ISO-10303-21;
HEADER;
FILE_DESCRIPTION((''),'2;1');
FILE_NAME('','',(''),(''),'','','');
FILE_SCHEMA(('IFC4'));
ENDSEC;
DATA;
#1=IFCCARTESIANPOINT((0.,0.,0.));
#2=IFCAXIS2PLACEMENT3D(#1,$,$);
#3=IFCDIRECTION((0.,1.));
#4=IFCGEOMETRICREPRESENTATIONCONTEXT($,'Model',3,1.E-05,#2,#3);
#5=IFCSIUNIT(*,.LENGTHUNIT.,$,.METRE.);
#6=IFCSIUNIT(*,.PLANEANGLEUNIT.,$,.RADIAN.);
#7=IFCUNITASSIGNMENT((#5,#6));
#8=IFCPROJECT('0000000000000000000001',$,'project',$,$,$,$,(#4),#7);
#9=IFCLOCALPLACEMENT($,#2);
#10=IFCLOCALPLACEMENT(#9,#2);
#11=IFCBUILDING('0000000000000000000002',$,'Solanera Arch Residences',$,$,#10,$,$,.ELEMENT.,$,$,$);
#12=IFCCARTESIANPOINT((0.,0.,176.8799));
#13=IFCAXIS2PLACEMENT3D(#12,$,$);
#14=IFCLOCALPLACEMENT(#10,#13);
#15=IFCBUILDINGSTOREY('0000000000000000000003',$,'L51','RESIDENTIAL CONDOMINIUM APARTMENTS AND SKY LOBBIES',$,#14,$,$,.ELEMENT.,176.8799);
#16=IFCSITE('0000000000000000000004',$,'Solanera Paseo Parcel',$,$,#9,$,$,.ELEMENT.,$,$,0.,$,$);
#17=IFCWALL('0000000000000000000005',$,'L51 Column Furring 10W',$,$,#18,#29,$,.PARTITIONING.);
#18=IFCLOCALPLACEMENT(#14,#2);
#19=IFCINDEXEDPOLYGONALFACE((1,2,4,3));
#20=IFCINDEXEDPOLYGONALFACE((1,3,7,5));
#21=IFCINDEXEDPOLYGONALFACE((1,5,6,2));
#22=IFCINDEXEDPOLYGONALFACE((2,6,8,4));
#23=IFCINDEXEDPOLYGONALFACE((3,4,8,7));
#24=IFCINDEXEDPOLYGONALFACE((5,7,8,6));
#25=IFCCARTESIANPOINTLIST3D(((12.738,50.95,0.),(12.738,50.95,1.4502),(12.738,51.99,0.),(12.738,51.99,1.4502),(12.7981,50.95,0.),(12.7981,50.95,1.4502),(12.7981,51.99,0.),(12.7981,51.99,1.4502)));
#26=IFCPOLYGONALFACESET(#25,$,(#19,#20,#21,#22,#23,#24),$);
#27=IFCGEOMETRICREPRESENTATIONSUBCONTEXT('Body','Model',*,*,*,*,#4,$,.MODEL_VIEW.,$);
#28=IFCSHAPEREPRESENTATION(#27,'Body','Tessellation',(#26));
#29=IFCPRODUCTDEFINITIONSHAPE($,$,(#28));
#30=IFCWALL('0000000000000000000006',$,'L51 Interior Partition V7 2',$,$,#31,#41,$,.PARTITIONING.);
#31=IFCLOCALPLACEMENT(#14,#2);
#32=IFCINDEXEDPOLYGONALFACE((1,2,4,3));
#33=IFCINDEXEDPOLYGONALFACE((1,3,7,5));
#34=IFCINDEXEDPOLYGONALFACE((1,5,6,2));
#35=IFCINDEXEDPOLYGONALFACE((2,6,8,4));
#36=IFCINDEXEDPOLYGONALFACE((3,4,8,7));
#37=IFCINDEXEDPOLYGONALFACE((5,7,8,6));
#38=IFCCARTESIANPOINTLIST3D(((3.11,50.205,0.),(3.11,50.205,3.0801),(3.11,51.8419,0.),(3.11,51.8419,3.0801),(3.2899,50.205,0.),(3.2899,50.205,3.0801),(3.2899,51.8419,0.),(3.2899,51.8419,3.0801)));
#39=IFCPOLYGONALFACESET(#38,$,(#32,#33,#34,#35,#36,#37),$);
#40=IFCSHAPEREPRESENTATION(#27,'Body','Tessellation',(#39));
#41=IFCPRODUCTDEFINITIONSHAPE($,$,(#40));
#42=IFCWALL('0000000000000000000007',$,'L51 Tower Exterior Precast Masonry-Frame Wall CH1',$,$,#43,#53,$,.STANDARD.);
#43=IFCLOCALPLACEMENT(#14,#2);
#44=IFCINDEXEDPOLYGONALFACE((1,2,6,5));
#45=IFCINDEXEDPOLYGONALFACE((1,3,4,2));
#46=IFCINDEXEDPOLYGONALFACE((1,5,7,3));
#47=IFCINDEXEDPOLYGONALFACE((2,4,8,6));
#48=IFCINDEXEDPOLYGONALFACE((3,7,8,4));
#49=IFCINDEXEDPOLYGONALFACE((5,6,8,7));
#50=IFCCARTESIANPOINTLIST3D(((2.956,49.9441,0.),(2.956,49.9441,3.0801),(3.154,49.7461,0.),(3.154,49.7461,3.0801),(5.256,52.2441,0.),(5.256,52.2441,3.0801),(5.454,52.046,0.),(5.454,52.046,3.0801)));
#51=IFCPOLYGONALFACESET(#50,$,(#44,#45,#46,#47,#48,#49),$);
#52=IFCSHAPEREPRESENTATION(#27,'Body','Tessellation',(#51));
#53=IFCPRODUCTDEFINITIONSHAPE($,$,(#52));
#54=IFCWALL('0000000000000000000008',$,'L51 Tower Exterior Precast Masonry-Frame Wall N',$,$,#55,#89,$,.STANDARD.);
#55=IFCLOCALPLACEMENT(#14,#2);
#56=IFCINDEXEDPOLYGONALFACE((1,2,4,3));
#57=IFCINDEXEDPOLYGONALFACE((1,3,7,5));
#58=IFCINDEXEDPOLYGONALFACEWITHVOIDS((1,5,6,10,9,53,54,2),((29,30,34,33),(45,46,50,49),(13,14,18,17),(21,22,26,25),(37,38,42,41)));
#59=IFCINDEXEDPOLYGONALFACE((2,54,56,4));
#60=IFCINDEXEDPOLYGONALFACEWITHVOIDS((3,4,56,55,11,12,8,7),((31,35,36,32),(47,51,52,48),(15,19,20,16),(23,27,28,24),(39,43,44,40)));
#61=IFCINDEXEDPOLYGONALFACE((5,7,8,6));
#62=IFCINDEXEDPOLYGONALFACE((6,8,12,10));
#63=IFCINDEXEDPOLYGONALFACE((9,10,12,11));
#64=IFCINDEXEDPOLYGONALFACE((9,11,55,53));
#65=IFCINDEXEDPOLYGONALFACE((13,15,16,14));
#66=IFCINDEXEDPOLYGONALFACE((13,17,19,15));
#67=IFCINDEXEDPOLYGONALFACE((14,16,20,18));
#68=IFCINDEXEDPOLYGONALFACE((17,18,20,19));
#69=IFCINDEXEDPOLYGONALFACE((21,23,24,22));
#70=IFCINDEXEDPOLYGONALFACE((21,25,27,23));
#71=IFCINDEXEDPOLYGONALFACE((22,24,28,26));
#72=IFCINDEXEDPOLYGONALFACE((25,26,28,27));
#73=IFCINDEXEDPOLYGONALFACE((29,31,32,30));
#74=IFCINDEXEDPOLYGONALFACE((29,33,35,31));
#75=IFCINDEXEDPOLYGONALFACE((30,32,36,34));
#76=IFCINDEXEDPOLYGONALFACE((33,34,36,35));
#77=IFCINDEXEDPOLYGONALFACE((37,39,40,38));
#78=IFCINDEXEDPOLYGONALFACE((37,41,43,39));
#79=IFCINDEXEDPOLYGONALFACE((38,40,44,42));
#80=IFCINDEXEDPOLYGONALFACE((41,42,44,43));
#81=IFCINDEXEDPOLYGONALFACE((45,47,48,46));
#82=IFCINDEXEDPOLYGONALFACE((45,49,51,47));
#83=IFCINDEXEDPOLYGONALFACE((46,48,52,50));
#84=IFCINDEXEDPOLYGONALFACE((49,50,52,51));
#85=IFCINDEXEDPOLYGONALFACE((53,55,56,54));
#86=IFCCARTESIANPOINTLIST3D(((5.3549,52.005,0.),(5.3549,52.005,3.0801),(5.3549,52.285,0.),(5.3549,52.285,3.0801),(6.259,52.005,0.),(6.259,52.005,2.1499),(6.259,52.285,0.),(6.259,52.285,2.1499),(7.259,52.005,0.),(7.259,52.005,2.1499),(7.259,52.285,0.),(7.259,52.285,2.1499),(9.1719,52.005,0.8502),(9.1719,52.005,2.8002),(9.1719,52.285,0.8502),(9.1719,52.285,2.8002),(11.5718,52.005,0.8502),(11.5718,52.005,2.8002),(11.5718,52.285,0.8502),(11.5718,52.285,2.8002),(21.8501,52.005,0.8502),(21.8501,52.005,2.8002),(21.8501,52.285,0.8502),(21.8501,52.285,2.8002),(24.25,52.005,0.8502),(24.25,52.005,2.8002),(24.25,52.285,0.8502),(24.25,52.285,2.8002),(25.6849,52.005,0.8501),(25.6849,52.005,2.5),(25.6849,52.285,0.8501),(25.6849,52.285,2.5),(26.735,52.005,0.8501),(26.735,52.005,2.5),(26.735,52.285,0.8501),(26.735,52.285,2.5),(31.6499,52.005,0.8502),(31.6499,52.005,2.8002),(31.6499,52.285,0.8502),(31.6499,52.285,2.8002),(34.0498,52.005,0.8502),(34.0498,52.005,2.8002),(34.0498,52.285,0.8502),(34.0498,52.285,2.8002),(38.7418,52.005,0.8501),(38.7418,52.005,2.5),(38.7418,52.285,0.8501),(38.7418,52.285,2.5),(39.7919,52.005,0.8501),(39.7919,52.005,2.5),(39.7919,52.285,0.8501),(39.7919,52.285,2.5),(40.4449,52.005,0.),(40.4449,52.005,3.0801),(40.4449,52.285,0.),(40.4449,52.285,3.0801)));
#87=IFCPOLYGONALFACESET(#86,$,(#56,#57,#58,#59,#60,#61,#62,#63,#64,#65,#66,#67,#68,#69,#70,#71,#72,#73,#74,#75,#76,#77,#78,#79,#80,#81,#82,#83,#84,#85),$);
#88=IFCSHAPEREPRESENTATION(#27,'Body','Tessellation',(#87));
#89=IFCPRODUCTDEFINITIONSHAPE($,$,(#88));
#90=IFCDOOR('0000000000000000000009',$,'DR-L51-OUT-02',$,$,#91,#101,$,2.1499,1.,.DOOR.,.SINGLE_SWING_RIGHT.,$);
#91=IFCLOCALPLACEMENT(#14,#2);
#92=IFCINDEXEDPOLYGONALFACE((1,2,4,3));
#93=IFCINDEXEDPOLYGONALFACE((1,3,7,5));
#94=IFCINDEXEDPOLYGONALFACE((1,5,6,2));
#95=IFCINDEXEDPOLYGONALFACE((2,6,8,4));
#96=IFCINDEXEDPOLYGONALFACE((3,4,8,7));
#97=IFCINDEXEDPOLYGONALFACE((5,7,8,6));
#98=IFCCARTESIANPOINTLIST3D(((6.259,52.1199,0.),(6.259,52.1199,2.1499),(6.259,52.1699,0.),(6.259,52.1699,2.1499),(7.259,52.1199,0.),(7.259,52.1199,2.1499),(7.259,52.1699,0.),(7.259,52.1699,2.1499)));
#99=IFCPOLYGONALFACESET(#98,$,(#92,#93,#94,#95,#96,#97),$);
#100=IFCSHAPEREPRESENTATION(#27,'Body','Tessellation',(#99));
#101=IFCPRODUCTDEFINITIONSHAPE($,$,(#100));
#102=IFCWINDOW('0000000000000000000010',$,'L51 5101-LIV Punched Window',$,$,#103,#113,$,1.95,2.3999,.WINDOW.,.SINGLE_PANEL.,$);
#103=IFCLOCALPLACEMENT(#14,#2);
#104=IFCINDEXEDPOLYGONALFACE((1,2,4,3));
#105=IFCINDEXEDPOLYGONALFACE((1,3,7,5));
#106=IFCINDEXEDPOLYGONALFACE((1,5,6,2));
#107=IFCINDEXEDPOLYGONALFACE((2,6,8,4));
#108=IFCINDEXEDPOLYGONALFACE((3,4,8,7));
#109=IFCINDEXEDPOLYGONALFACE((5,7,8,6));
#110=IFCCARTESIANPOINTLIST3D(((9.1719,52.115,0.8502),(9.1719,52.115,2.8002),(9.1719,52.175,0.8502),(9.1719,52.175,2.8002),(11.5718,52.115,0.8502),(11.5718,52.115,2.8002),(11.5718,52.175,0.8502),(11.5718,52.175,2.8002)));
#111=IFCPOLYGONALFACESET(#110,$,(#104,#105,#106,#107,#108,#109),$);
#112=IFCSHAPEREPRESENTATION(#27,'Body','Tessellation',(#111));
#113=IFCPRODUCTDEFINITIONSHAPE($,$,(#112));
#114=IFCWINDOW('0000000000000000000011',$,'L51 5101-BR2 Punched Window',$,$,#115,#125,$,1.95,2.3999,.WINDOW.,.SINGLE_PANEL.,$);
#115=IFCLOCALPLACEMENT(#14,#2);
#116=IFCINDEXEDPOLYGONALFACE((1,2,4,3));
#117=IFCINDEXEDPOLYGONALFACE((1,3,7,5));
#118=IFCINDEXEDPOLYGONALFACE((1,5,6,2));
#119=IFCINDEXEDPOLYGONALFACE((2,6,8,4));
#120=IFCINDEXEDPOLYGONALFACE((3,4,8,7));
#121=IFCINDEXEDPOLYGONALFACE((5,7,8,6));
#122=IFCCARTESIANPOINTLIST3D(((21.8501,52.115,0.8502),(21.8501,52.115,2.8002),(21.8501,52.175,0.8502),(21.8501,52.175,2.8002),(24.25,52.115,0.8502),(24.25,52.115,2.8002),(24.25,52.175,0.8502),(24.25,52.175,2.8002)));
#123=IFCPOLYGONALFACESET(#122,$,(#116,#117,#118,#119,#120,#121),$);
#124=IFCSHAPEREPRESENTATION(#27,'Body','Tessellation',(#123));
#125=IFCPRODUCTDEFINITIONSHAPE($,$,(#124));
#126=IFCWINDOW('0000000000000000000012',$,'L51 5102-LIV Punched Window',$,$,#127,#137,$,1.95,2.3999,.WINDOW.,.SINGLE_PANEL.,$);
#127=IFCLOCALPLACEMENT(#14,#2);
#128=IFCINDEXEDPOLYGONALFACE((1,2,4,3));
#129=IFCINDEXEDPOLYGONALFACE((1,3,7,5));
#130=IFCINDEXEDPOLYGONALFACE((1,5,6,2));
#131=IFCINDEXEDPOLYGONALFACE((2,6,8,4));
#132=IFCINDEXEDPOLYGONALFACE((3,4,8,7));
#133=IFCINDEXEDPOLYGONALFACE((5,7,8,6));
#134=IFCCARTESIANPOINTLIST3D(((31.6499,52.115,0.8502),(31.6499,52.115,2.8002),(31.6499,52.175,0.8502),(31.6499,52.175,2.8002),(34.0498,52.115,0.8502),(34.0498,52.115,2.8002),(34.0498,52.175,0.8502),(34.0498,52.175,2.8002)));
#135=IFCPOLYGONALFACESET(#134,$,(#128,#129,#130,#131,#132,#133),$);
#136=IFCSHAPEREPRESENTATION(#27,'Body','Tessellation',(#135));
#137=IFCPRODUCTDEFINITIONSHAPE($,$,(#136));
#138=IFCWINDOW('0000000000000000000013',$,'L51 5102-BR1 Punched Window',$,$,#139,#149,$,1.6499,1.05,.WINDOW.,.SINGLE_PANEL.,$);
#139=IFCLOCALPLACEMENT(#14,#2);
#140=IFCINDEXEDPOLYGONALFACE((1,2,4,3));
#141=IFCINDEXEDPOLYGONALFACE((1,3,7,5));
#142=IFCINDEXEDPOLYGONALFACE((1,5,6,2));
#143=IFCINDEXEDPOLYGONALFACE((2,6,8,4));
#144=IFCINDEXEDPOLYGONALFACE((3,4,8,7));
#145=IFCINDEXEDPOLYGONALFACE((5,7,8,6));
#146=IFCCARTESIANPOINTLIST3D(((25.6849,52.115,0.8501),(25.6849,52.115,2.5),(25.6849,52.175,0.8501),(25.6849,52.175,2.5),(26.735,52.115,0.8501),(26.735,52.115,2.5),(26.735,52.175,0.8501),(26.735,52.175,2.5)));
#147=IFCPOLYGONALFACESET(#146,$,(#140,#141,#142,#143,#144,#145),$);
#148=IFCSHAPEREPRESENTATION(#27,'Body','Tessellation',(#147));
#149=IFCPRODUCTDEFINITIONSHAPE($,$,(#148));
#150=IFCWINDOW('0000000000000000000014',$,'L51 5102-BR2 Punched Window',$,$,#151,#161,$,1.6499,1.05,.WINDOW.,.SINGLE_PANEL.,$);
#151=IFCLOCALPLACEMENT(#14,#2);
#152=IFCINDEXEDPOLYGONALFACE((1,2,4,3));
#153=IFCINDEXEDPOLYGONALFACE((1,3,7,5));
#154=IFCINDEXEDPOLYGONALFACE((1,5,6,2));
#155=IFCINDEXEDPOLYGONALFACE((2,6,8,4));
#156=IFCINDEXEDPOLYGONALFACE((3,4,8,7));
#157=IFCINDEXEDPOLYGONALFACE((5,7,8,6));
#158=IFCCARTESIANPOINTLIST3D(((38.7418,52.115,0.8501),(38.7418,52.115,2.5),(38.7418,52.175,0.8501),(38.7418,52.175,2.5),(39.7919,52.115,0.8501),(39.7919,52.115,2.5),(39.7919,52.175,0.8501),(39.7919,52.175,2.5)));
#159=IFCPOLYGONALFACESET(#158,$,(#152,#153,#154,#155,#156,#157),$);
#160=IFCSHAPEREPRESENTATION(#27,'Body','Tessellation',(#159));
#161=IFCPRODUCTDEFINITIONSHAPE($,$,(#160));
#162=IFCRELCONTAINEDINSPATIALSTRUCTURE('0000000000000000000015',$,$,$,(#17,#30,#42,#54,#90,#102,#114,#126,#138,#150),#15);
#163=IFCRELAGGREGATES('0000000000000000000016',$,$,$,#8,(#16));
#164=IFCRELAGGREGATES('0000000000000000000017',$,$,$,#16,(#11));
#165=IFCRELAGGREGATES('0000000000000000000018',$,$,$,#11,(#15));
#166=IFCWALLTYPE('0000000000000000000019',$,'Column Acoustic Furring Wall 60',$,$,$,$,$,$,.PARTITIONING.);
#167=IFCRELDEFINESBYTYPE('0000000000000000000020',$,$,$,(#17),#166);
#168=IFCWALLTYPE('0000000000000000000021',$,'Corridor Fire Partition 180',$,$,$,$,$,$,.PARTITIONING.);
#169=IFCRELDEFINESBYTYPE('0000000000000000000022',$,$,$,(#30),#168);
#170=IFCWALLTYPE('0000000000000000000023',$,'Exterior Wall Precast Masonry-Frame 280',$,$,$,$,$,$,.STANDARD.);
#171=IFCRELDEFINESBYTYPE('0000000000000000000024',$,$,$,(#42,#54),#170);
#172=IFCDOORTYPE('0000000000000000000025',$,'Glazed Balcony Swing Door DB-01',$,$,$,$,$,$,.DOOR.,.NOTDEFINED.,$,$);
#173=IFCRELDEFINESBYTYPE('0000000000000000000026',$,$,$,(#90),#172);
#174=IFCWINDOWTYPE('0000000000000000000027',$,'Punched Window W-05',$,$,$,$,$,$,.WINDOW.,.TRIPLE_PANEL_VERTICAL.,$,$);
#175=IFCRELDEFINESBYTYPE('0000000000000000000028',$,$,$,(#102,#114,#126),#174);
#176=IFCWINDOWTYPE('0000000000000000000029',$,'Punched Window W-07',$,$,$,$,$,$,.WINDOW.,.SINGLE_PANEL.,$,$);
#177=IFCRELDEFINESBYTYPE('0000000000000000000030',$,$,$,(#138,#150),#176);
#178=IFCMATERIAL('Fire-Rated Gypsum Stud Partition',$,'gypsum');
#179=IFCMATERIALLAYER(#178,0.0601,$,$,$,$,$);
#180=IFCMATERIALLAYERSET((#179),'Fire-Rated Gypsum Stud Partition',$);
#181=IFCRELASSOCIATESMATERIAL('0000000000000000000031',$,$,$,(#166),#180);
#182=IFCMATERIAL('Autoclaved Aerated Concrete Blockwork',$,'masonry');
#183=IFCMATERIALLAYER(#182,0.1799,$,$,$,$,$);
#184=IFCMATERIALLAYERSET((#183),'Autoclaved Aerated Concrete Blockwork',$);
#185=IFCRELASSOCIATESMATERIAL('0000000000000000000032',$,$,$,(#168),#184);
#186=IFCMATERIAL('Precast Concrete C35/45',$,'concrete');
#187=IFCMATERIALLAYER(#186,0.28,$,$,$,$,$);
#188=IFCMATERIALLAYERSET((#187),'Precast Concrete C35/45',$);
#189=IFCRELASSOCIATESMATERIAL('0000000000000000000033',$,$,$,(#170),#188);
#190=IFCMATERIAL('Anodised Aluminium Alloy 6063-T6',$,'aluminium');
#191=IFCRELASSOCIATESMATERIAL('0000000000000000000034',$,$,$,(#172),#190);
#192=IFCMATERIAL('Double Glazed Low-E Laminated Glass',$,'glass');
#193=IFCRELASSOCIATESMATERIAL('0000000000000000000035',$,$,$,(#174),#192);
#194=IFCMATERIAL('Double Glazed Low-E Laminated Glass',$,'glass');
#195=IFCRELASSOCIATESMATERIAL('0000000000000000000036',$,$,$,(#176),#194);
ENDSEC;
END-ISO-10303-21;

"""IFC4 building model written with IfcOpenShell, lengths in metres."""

from ifc_helpers import new_model, si_unit, direction, frame, frame_2d, origin, place, context, subcontext, project, spatial, rectangle, extrude, material, layer, layer_set, type_object, element, fill, save


model = new_model("IFC4")

# Units and contexts
model_context = context("Model", 3, precision=1e-05, world=origin(), true_north=direction((0.0, 1.0)))
body_context = subcontext(model_context, "Body", "Model", "MODEL_VIEW")
ifc_project = project(units=[si_unit("LENGTHUNIT", "METRE"), si_unit("PLANEANGLEUNIT", "RADIAN")], contexts=[model_context])

# Site, building, storey
site_placement = place(None, origin())
site = spatial("IfcSite", under=ifc_project, at=site_placement, Name="Solanera Paseo Parcel", CompositionType="ELEMENT", RefElevation=0.0)
building_placement = place(site_placement, origin())
building = spatial("IfcBuilding", under=site, at=building_placement, Name="Solanera Arch Residences", CompositionType="ELEMENT")
storey_placement = place(building_placement, frame((0.0, 0.0, 176.8799)))
storey = spatial("IfcBuildingStorey", under=building, at=storey_placement, Name="L51", Description="RESIDENTIAL CONDOMINIUM APARTMENTS AND SKY LOBBIES", CompositionType="ELEMENT", Elevation=176.8799)

# Walls
ifc_material_1 = material(Name="Fire-Rated Gypsum Stud Partition", Category="gypsum")
ifc_layer_1 = layer(ifc_material_1, 0.0601)
ifc_layer_set_1 = layer_set([ifc_layer_1], Name="Fire-Rated Gypsum Stud Partition")
wall_type_1 = type_object("IfcWallType", Name="Column Acoustic Furring Wall 60", PredefinedType="PARTITIONING", material=ifc_layer_set_1)
wall_1_placement = place(storey_placement, frame((12.7681, 50.95, 0.0), z_axis=(0.0, 0.0, 1.0), x_axis=(0.0, 1.0, 0.0)))
element("IfcWall", 1, at=wall_1_placement, inside=storey, type_object=wall_type_1, Name="L51 Column Furring 10W", PredefinedType="PARTITIONING", context=body_context, shape_type="SweptSolid", body=[
    extrude(rectangle(XDim=1.04, YDim=0.0601, at=frame_2d((0.52, 0.0))), origin(), (0.0, 0.0, 1.0), 1.4502),
])
ifc_material_2 = material(Name="Autoclaved Aerated Concrete Blockwork", Category="masonry")
ifc_layer_2 = layer(ifc_material_2, 0.1799)
ifc_layer_set_2 = layer_set([ifc_layer_2], Name="Autoclaved Aerated Concrete Blockwork")
wall_type_2 = type_object("IfcWallType", Name="Corridor Fire Partition 180", PredefinedType="PARTITIONING", material=ifc_layer_set_2)
wall_2_placement = place(storey_placement, frame((3.2, 50.2051, 0.0), z_axis=(0.0, 0.0, 1.0), x_axis=(0.0, 1.0, 0.0)))
element("IfcWall", 2, at=wall_2_placement, inside=storey, type_object=wall_type_2, Name="L51 Interior Partition V7 2", PredefinedType="PARTITIONING", context=body_context, shape_type="SweptSolid", body=[
    extrude(rectangle(XDim=1.637, YDim=0.1799, at=frame_2d((0.8184, 0.0))), origin(), (0.0, 0.0, 1.0), 3.0801),
])
ifc_material_3 = material(Name="Precast Concrete C35/45", Category="concrete")
ifc_layer_3 = layer(ifc_material_3, 0.28)
ifc_layer_set_3 = layer_set([ifc_layer_3], Name="Precast Concrete C35/45")
wall_type_3 = type_object("IfcWallType", Name="Exterior Wall Precast Masonry-Frame 280", PredefinedType="STANDARD", material=ifc_layer_set_3)
wall_3_placement = place(storey_placement, frame((3.0549, 49.845, 0.0), z_axis=(0.0, 0.0, 1.0), x_axis=(0.707107, 0.707107, 0.0)))
element("IfcWall", 3, at=wall_3_placement, inside=storey, type_object=wall_type_3, Name="L51 Tower Exterior Precast Masonry-Frame Wall CH1", PredefinedType="STANDARD", context=body_context, shape_type="SweptSolid", body=[
    extrude(rectangle(XDim=3.2527, YDim=0.28, at=frame_2d((1.6265, 0.0))), origin(), (0.0, 0.0, 1.0), 3.0801),
])

# Wall, openings, door, windows
wall_4_placement = place(storey_placement, frame((5.355, 52.145, 0.0), z_axis=(0.0, 0.0, 1.0), x_axis=(1.0, 0.0, 0.0)))
wall_4 = element("IfcWall", 4, at=wall_4_placement, inside=storey, type_object=wall_type_3, Name="L51 Tower Exterior Precast Masonry-Frame Wall N", PredefinedType="STANDARD", context=body_context, shape_type="SweptSolid", body=[
    extrude(rectangle(XDim=35.0901, YDim=0.28, at=frame_2d((17.5449, 0.0))), origin(), (0.0, 0.0, 1.0), 3.0801),
])
opening_1_placement = place(wall_4_placement, frame((0.9041, 0.0, 0.0)))
opening_1 = element("IfcOpeningElement", 5, at=opening_1_placement, cuts=wall_4, PredefinedType="OPENING", context=body_context, shape_type="SweptSolid", body=[
    extrude(rectangle(XDim=1.0, YDim=2.1499, at=frame_2d((0.5, 1.075))), frame((0.0, 0.1499, 0.0), z_axis=(0.0, -1.0, 0.0), x_axis=(1.0, 0.0, 0.0)), (0.0, 0.0, 1.0), 0.3),
])
opening_2_placement = place(wall_4_placement, frame((3.8169, 0.0, 0.8501)))
opening_2 = element("IfcOpeningElement", 6, at=opening_2_placement, cuts=wall_4, PredefinedType="OPENING", context=body_context, shape_type="SweptSolid", body=[
    extrude(rectangle(XDim=2.3999, YDim=1.95, at=frame_2d((1.2, 0.9751))), frame((0.0, 0.1499, 0.0), z_axis=(0.0, -1.0, 0.0), x_axis=(1.0, 0.0, 0.0)), (0.0, 0.0, 1.0), 0.3),
])
opening_3_placement = place(wall_4_placement, frame((16.4951, 0.0, 0.8501)))
opening_3 = element("IfcOpeningElement", 7, at=opening_3_placement, cuts=wall_4, PredefinedType="OPENING", context=body_context, shape_type="SweptSolid", body=[
    extrude(rectangle(XDim=2.3999, YDim=1.95, at=frame_2d((1.2, 0.9751))), frame((0.0, 0.1499, 0.0), z_axis=(0.0, -1.0, 0.0), x_axis=(1.0, 0.0, 0.0)), (0.0, 0.0, 1.0), 0.3),
])
opening_4_placement = place(wall_4_placement, frame((26.2949, 0.0, 0.8501)))
opening_4 = element("IfcOpeningElement", 8, at=opening_4_placement, cuts=wall_4, PredefinedType="OPENING", context=body_context, shape_type="SweptSolid", body=[
    extrude(rectangle(XDim=2.3999, YDim=1.95, at=frame_2d((1.2, 0.9751))), frame((0.0, 0.1499, 0.0), z_axis=(0.0, -1.0, 0.0), x_axis=(1.0, 0.0, 0.0)), (0.0, 0.0, 1.0), 0.3),
])
opening_5_placement = place(wall_4_placement, frame((20.3301, 0.0, 0.8501)))
opening_5 = element("IfcOpeningElement", 9, at=opening_5_placement, cuts=wall_4, PredefinedType="OPENING", context=body_context, shape_type="SweptSolid", body=[
    extrude(rectangle(XDim=1.05, YDim=1.6499, at=frame_2d((0.5249, 0.825))), frame((0.0, 0.1499, 0.0), z_axis=(0.0, -1.0, 0.0), x_axis=(1.0, 0.0, 0.0)), (0.0, 0.0, 1.0), 0.3),
])
opening_6_placement = place(wall_4_placement, frame((33.387, 0.0, 0.8501)))
opening_6 = element("IfcOpeningElement", 10, at=opening_6_placement, cuts=wall_4, PredefinedType="OPENING", context=body_context, shape_type="SweptSolid", body=[
    extrude(rectangle(XDim=1.05, YDim=1.6499, at=frame_2d((0.5249, 0.825))), frame((0.0, 0.1499, 0.0), z_axis=(0.0, -1.0, 0.0), x_axis=(1.0, 0.0, 0.0)), (0.0, 0.0, 1.0), 0.3),
])
ifc_material_4 = material(Name="Anodised Aluminium Alloy 6063-T6", Category="aluminium")
door_type_1 = type_object("IfcDoorType", Name="Glazed Balcony Swing Door DB-01", OperationType="NOTDEFINED", PredefinedType="DOOR", material=ifc_material_4)
door_1_placement = place(opening_1_placement, origin())
door_1 = element("IfcDoor", 11, at=door_1_placement, inside=storey, type_object=door_type_1, Name="DR-L51-OUT-02", OperationType="SINGLE_SWING_RIGHT", OverallHeight=2.1499, OverallWidth=1.0, PredefinedType="DOOR", context=body_context, shape_type="SweptSolid", body=[
    extrude(rectangle(XDim=1.0, YDim=2.1499, at=frame_2d((0.5, 1.075))), frame((0.0, 0.0249, 0.0), z_axis=(0.0, -1.0, 0.0), x_axis=(1.0, 0.0, 0.0)), (0.0, 0.0, 1.0), 0.05),
])
fill(opening_1, door_1)
ifc_material_5 = material(Name="Double Glazed Low-E Laminated Glass", Category="glass")
window_type_1 = type_object("IfcWindowType", Name="Punched Window W-05", PartitioningType="TRIPLE_PANEL_VERTICAL", PredefinedType="WINDOW", material=ifc_material_5)
window_1_placement = place(opening_2_placement, origin())
window_1 = element("IfcWindow", 12, at=window_1_placement, inside=storey, type_object=window_type_1, Name="L51 5101-LIV Punched Window", OverallHeight=1.95, OverallWidth=2.3999, PartitioningType="SINGLE_PANEL", PredefinedType="WINDOW", context=body_context, shape_type="SweptSolid", body=[
    extrude(rectangle(XDim=2.3999, YDim=1.95, at=frame_2d((1.2, 0.9751))), frame((0.0, 0.03, 0.0), z_axis=(0.0, -1.0, 0.0), x_axis=(1.0, 0.0, 0.0)), (0.0, 0.0, 1.0), 0.0601),
])
fill(opening_2, window_1)
window_2_placement = place(opening_3_placement, origin())
window_2 = element("IfcWindow", 13, at=window_2_placement, inside=storey, type_object=window_type_1, Name="L51 5101-BR2 Punched Window", OverallHeight=1.95, OverallWidth=2.3999, PartitioningType="SINGLE_PANEL", PredefinedType="WINDOW", context=body_context, shape_type="SweptSolid", body=[
    extrude(rectangle(XDim=2.3999, YDim=1.95, at=frame_2d((1.2, 0.9751))), frame((0.0, 0.03, 0.0), z_axis=(0.0, -1.0, 0.0), x_axis=(1.0, 0.0, 0.0)), (0.0, 0.0, 1.0), 0.0601),
])
fill(opening_3, window_2)
window_3_placement = place(opening_4_placement, origin())
window_3 = element("IfcWindow", 14, at=window_3_placement, inside=storey, type_object=window_type_1, Name="L51 5102-LIV Punched Window", OverallHeight=1.95, OverallWidth=2.3999, PartitioningType="SINGLE_PANEL", PredefinedType="WINDOW", context=body_context, shape_type="SweptSolid", body=[
    extrude(rectangle(XDim=2.3999, YDim=1.95, at=frame_2d((1.2, 0.9751))), frame((0.0, 0.03, 0.0), z_axis=(0.0, -1.0, 0.0), x_axis=(1.0, 0.0, 0.0)), (0.0, 0.0, 1.0), 0.0601),
])
fill(opening_4, window_3)
ifc_material_6 = material(Name="Double Glazed Low-E Laminated Glass", Category="glass")
window_type_2 = type_object("IfcWindowType", Name="Punched Window W-07", PartitioningType="SINGLE_PANEL", PredefinedType="WINDOW", material=ifc_material_6)
window_4_placement = place(opening_5_placement, origin())
window_4 = element("IfcWindow", 15, at=window_4_placement, inside=storey, type_object=window_type_2, Name="L51 5102-BR1 Punched Window", OverallHeight=1.6499, OverallWidth=1.05, PartitioningType="SINGLE_PANEL", PredefinedType="WINDOW", context=body_context, shape_type="SweptSolid", body=[
    extrude(rectangle(XDim=1.05, YDim=1.6499, at=frame_2d((0.5249, 0.825))), frame((0.0, 0.03, 0.0), z_axis=(0.0, -1.0, 0.0), x_axis=(1.0, 0.0, 0.0)), (0.0, 0.0, 1.0), 0.0601),
])
fill(opening_5, window_4)
window_5_placement = place(opening_6_placement, origin())
window_5 = element("IfcWindow", 16, at=window_5_placement, inside=storey, type_object=window_type_2, Name="L51 5102-BR2 Punched Window", OverallHeight=1.6499, OverallWidth=1.05, PartitioningType="SINGLE_PANEL", PredefinedType="WINDOW", context=body_context, shape_type="SweptSolid", body=[
    extrude(rectangle(XDim=1.05, YDim=1.6499, at=frame_2d((0.5249, 0.825))), frame((0.0, 0.03, 0.0), z_axis=(0.0, -1.0, 0.0), x_axis=(1.0, 0.0, 0.0)), (0.0, 0.0, 1.0), 0.0601),
])
fill(opening_6, window_5)

save(model, "model.ifc")
